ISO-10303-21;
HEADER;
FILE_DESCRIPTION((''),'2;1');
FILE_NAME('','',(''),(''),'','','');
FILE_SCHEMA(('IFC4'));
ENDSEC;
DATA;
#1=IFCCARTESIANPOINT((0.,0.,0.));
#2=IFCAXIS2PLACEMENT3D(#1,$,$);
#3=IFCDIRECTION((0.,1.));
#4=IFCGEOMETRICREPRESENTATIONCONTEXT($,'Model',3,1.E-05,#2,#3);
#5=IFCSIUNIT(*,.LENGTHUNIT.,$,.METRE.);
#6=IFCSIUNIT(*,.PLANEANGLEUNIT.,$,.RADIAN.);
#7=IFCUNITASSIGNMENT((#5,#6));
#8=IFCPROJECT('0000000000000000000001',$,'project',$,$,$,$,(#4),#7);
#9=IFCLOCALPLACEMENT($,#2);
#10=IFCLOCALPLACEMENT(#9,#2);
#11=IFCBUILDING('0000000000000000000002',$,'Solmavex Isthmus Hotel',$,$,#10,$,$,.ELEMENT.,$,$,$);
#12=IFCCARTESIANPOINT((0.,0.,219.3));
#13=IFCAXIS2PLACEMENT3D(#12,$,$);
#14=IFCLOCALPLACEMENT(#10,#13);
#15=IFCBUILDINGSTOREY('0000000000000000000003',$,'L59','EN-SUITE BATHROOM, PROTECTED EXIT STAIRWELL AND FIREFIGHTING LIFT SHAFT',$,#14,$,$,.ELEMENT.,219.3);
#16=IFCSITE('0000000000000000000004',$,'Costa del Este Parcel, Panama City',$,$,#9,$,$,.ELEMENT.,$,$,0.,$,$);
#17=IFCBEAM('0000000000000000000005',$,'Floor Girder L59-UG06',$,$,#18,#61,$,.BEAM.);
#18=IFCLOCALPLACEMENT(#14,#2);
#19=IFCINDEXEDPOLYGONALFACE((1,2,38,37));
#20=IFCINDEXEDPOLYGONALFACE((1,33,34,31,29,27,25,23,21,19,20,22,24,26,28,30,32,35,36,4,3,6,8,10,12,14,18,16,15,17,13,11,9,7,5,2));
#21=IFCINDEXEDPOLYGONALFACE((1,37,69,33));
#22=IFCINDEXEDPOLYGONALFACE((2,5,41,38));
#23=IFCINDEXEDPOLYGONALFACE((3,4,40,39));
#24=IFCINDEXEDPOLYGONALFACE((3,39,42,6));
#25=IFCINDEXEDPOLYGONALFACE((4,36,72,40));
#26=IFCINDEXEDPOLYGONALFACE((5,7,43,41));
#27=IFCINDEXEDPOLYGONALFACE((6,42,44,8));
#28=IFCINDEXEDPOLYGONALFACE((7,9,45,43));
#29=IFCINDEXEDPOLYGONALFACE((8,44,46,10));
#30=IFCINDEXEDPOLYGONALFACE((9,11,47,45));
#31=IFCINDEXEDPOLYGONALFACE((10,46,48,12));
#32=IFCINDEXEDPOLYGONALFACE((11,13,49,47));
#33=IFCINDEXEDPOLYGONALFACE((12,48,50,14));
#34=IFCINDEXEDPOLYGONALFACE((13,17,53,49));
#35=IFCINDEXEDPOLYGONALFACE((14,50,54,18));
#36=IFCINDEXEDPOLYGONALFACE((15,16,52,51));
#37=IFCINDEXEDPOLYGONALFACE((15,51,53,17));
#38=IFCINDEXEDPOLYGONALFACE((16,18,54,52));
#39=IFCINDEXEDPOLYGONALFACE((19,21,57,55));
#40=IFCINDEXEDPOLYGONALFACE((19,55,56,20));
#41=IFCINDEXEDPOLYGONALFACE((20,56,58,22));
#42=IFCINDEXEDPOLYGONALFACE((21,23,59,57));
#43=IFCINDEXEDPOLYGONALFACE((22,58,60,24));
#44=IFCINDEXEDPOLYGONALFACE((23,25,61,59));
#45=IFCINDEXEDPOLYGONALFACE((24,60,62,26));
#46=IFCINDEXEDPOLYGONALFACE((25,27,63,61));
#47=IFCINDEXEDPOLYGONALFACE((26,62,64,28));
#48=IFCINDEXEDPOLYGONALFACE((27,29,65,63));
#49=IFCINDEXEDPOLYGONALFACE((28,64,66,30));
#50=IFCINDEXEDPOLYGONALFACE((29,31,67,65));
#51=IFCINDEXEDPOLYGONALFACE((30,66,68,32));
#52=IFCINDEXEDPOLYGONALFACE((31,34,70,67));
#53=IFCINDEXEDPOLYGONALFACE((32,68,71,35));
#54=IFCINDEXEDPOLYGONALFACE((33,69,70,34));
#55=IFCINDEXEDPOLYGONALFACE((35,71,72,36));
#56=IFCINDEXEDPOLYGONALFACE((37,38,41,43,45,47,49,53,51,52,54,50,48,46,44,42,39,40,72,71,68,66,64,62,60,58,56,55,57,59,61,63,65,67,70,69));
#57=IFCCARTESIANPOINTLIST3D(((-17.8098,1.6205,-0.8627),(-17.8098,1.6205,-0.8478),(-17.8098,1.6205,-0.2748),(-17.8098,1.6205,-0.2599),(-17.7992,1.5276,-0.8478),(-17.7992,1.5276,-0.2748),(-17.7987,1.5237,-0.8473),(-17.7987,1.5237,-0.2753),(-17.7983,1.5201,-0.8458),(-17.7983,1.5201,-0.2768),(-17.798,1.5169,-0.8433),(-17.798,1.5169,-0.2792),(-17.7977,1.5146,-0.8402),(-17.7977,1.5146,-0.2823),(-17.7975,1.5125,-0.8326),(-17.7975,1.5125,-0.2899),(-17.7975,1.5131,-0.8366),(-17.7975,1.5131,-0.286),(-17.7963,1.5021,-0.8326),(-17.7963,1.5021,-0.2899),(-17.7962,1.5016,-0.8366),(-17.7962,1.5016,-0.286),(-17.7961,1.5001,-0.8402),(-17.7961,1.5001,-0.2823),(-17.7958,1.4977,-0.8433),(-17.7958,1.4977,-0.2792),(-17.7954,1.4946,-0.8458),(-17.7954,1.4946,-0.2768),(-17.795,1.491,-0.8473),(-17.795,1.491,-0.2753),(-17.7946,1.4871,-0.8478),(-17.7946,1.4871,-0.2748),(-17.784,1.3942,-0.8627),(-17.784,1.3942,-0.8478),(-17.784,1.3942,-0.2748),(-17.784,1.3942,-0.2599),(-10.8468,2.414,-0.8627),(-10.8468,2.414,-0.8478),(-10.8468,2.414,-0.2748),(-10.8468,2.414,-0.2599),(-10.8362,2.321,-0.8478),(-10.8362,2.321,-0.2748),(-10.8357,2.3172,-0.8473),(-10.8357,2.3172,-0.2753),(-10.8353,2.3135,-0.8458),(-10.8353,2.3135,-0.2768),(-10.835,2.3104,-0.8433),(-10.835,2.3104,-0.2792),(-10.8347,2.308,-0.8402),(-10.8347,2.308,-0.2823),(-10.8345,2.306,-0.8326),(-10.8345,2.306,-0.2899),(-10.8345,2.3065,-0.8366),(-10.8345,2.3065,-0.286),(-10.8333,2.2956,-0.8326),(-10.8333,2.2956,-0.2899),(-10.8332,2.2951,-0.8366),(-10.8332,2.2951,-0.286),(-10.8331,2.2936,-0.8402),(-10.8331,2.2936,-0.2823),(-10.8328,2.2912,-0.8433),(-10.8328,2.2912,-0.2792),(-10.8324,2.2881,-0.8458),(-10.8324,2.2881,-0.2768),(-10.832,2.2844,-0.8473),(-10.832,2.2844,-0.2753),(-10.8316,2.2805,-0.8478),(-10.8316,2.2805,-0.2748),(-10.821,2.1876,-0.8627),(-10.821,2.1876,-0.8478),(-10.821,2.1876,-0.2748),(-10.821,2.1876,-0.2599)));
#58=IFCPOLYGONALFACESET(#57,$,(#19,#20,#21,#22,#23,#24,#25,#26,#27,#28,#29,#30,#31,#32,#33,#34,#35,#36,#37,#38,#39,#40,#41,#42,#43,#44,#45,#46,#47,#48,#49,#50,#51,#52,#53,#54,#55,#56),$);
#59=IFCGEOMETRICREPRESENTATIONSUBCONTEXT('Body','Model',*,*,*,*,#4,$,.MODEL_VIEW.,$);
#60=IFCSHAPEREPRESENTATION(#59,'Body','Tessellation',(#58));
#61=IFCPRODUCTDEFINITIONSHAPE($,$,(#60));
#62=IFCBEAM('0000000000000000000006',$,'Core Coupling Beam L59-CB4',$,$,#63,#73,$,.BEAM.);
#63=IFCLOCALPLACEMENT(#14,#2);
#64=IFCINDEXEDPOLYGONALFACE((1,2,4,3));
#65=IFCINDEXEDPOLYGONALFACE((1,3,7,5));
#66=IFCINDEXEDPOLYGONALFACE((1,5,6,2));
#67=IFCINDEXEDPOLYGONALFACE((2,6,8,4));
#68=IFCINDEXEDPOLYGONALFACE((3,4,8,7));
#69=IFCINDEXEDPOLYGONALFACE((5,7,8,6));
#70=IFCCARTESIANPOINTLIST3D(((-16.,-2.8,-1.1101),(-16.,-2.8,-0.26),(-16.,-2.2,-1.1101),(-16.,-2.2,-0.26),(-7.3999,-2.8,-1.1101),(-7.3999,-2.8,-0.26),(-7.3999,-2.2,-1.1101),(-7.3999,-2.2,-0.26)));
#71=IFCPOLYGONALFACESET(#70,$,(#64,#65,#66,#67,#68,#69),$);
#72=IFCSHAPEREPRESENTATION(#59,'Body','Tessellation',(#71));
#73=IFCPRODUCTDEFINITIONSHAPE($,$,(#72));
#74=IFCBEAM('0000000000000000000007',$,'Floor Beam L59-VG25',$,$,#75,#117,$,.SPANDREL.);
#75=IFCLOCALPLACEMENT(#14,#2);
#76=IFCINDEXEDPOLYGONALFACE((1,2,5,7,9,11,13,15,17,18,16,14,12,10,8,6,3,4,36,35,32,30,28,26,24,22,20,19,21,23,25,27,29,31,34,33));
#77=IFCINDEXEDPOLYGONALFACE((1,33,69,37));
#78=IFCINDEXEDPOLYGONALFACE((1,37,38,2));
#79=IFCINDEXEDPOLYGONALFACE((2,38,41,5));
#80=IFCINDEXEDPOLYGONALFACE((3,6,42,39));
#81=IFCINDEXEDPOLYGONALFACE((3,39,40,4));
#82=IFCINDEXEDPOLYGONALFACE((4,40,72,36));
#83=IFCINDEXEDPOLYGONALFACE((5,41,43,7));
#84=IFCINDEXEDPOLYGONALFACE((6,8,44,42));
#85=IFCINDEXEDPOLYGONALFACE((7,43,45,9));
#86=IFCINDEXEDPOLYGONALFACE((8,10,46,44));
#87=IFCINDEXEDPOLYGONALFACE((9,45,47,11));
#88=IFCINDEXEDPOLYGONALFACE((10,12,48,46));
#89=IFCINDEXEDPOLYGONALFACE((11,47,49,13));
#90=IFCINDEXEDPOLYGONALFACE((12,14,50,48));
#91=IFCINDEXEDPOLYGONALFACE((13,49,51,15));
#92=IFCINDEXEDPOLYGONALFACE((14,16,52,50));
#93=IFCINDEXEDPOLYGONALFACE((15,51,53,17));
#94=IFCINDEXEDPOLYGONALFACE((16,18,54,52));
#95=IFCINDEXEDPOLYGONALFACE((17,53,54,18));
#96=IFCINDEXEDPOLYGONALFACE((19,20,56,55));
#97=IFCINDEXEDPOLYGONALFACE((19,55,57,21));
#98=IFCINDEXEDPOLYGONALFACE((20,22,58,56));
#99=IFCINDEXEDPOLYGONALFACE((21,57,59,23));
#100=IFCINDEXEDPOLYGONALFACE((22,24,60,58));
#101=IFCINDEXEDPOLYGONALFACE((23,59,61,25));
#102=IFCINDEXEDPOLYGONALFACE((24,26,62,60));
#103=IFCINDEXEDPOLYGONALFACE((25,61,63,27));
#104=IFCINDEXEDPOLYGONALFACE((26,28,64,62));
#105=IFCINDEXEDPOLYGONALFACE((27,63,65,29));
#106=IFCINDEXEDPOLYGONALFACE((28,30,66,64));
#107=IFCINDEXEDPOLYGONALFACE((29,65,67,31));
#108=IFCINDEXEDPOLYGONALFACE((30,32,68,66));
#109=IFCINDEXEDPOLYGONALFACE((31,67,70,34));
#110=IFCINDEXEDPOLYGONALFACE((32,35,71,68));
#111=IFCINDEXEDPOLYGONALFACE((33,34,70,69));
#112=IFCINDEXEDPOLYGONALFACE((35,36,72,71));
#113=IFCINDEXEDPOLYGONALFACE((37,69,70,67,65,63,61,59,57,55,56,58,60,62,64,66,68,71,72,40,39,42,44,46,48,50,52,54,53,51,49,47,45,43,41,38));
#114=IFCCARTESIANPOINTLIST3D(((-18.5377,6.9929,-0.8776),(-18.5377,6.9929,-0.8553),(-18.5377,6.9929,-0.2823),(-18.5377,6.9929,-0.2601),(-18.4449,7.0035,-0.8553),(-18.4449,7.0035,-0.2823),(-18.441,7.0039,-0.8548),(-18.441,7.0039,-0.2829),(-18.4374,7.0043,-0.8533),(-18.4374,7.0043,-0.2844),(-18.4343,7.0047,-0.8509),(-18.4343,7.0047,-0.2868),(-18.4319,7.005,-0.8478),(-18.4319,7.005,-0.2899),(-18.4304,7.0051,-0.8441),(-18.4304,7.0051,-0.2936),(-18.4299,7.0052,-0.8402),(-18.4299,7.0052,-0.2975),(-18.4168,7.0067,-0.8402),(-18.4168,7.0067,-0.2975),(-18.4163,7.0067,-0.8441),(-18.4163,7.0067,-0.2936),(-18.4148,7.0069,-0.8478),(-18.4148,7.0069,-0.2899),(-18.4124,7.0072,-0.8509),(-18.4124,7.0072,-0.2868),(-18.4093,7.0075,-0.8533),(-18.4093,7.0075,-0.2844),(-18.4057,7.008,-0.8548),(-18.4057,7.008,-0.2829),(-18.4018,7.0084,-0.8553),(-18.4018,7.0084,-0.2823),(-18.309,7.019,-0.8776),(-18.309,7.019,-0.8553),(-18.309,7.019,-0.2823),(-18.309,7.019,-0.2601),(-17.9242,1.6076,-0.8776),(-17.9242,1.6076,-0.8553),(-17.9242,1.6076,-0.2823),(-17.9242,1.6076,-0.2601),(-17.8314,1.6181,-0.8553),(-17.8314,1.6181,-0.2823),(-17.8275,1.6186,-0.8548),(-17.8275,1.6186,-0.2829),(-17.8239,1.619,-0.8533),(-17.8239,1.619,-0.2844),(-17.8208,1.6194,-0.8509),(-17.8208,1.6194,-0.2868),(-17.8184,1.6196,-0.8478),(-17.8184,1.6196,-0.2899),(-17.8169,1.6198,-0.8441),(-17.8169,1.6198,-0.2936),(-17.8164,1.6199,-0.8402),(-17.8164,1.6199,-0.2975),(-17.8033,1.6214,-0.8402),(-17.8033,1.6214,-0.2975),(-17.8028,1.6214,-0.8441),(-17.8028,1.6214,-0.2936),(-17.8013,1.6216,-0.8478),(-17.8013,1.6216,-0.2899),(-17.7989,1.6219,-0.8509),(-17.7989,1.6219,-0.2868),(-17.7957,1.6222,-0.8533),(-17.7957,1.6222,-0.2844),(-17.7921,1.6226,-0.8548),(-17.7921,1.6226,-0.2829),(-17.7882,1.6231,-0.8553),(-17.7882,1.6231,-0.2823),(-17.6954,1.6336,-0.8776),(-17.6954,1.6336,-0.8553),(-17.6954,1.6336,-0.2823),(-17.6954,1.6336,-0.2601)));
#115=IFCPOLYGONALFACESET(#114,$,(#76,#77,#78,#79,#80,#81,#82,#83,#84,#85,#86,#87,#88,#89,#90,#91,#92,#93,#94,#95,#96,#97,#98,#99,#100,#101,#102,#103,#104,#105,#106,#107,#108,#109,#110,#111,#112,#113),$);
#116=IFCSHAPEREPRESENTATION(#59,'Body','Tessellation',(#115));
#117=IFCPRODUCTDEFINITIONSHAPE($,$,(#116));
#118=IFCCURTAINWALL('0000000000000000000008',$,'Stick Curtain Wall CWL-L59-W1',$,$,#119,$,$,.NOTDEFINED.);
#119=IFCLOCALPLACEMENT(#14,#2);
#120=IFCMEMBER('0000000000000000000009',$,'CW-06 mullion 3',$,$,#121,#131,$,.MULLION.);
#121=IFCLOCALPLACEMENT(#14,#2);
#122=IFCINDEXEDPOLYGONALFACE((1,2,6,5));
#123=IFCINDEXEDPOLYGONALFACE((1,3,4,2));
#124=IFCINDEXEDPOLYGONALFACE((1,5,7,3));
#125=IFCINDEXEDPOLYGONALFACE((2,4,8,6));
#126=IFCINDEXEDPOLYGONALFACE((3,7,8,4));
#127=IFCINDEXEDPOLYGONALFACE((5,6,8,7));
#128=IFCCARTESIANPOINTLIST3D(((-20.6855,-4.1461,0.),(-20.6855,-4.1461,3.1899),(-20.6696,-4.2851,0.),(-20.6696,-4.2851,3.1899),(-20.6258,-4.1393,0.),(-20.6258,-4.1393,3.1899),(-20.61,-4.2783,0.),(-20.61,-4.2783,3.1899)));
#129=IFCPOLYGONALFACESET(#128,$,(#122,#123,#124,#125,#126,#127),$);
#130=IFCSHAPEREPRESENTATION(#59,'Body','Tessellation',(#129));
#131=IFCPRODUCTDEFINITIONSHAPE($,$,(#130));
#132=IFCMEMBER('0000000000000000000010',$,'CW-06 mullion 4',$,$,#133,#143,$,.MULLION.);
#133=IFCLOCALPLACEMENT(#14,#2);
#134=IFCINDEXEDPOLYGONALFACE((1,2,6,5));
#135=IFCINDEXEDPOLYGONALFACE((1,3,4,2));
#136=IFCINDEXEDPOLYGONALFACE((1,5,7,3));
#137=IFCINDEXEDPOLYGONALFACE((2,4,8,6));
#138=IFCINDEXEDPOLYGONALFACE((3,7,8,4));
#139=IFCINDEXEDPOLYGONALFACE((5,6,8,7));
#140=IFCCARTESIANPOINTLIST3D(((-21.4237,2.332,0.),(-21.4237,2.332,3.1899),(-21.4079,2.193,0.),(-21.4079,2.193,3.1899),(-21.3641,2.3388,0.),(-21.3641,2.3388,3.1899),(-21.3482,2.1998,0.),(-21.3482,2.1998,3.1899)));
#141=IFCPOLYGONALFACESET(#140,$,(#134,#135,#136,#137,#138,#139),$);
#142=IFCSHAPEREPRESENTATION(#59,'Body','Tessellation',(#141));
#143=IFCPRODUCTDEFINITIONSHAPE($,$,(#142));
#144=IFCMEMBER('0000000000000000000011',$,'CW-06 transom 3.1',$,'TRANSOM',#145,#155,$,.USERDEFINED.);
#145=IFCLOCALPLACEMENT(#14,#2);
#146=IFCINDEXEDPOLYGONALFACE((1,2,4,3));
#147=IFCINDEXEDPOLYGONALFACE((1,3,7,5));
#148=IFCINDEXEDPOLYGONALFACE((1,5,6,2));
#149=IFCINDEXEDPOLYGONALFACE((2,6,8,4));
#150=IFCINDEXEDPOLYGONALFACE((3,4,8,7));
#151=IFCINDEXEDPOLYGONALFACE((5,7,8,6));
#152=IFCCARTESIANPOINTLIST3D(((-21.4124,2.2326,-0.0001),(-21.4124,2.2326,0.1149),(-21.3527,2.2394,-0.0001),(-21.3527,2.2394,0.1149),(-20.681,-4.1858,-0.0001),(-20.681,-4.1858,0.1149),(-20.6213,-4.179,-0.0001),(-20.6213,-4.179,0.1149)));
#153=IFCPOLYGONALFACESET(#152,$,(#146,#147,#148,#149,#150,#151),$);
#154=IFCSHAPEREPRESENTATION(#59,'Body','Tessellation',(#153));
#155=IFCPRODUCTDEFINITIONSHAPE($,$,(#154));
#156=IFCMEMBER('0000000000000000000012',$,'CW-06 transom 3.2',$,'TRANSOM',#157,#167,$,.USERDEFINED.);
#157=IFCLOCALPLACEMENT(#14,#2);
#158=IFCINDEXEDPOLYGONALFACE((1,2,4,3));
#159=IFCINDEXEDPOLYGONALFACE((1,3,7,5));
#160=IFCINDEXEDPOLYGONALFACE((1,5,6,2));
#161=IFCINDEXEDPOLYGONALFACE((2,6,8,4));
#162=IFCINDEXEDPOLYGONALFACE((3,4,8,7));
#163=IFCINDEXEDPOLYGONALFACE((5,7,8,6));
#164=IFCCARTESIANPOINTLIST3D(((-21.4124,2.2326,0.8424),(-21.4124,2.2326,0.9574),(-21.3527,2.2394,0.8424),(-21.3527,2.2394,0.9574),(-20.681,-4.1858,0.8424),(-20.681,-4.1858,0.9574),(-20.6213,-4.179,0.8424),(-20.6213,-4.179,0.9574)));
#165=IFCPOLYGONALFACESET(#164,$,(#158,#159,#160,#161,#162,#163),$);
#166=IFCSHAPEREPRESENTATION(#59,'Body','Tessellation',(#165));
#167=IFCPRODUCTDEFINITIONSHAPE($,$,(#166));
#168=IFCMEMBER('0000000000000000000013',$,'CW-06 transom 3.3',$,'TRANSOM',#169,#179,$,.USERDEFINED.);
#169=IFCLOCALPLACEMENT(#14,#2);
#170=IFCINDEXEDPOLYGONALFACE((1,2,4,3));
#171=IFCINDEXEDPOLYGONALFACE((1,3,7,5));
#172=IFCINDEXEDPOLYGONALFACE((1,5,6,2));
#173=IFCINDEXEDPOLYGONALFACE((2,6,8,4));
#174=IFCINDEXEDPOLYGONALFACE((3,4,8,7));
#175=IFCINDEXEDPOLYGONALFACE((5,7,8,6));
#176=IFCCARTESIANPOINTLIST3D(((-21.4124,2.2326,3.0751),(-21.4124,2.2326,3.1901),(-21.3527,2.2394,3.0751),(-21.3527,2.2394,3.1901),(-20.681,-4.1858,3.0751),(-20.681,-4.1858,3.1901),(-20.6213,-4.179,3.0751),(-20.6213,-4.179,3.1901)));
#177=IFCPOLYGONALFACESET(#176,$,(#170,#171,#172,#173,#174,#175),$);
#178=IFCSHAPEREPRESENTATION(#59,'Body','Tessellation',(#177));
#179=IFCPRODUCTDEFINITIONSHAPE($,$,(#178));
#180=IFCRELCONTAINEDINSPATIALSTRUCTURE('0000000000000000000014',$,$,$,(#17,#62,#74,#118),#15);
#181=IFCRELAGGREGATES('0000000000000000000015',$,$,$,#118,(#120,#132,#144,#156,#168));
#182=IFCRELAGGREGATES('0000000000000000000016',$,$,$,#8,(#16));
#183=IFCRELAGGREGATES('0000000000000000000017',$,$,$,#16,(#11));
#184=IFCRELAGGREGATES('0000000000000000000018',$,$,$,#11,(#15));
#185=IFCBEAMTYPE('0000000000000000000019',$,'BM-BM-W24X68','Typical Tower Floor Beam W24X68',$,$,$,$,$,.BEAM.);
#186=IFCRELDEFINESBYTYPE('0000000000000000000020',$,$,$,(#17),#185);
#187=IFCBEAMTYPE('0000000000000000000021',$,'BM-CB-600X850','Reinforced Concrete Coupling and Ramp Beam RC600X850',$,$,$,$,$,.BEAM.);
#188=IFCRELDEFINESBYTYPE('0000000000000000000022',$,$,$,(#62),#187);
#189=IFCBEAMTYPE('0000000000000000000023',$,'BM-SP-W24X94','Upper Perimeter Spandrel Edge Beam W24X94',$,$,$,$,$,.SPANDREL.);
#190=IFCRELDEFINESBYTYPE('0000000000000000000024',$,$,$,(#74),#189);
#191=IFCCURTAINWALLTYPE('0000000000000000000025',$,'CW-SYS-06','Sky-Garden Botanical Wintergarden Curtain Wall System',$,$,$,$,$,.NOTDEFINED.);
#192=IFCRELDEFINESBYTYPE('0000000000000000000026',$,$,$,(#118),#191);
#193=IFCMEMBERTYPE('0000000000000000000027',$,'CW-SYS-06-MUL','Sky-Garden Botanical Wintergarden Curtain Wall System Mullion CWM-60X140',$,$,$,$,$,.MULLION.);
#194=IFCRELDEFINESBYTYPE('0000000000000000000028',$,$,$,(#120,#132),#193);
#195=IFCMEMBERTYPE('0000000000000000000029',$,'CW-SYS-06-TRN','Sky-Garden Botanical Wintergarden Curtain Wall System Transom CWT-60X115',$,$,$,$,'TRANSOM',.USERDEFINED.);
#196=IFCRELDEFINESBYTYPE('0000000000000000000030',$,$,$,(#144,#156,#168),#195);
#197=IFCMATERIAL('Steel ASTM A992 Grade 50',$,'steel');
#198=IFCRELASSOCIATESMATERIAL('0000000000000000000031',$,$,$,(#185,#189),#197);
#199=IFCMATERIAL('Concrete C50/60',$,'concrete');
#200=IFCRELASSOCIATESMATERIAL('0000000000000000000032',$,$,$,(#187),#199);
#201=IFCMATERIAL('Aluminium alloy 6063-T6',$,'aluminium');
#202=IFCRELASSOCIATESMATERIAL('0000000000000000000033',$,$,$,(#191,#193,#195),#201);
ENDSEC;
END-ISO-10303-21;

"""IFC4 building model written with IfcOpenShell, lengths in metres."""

from ifc_helpers import new_model, si_unit, direction, frame, origin, origin_2d, place, context, subcontext, project, spatial, rectangle, i_section, extrude, material, material_profile, profile_set, type_object, element, aggregate, save


model = new_model("IFC4")

# Units and contexts
model_context = context("Model", 3, precision=1e-05, world=origin(), true_north=direction((0.0, 1.0)))
body_context = subcontext(model_context, "Body", "Model", "MODEL_VIEW")
ifc_project = project(units=[si_unit("LENGTHUNIT", "METRE"), si_unit("PLANEANGLEUNIT", "RADIAN")], contexts=[model_context])

# Site, building, storey
site_placement = place(None, origin())
site = spatial("IfcSite", under=ifc_project, at=site_placement, Name="Costa del Este Parcel, Panama City", CompositionType="ELEMENT", RefElevation=0.0)
building_placement = place(site_placement, origin())
building = spatial("IfcBuilding", under=site, at=building_placement, Name="Solmavex Isthmus Hotel", CompositionType="ELEMENT")
storey_placement = place(building_placement, frame((0.0, 0.0, 219.3)))
storey = spatial("IfcBuildingStorey", under=building, at=storey_placement, Name="L59", Description="EN-SUITE BATHROOM, PROTECTED EXIT STAIRWELL AND FIREFIGHTING LIFT SHAFT", CompositionType="ELEMENT", Elevation=219.3)

# Shared definitions
ifc_material_1 = material(Name="Concrete C50/60", Category="concrete")

# Beams
ifc_material_2 = material(Name="Steel ASTM A992 Grade 50", Category="steel")
ifc_material_profile_1 = material_profile(ifc_material_2, i_section(OverallWidth=0.2278, OverallDepth=0.6028, WebThickness=0.0105, FlangeThickness=0.0149, FilletRadius=0.0151, at=origin_2d()), Name="W24X68")
ifc_profile_set_1 = profile_set([ifc_material_profile_1], Name="Steel ASTM A992 Grade 50")
beam_type_1 = type_object("IfcBeamType", Name="BM-BM-W24X68", Description="Typical Tower Floor Beam W24X68", PredefinedType="BEAM", material=ifc_profile_set_1)
beam_1_placement = place(storey_placement, frame((-17.7969, 1.5073, -0.5613), z_axis=(0.99357, 0.113222, 0.0), x_axis=(-0.113222, 0.99357, 0.0)))
element("IfcBeam", 1, at=beam_1_placement, inside=storey, type_object=beam_type_1, Name="Floor Girder L59-UG06", PredefinedType="BEAM", context=body_context, shape_type="SweptSolid", body=[
    extrude(i_section(OverallWidth=0.2278, OverallDepth=0.6028, WebThickness=0.0105, FlangeThickness=0.0149, FilletRadius=0.0151, at=origin_2d()), origin(), (0.0, 0.0, 1.0), 7.0081),
])
ifc_material_profile_2 = material_profile(ifc_material_1, rectangle(XDim=0.6001, YDim=0.8501, at=origin_2d()), Name="RC600X850")
ifc_profile_set_2 = profile_set([ifc_material_profile_2], Name="Concrete C50/60")
beam_type_2 = type_object("IfcBeamType", Name="BM-CB-600X850", Description="Reinforced Concrete Coupling and Ramp Beam RC600X850", PredefinedType="BEAM", material=ifc_profile_set_2)
beam_2_placement = place(storey_placement, frame((-16.0, -2.5, -0.6851), z_axis=(1.0, 0.0, 0.0), x_axis=(0.0, 1.0, 0.0)))
element("IfcBeam", 2, at=beam_2_placement, inside=storey, type_object=beam_type_2, Name="Core Coupling Beam L59-CB4", PredefinedType="BEAM", context=body_context, shape_type="SweptSolid", body=[
    extrude(rectangle(XDim=0.6001, YDim=0.8501, at=origin_2d()), origin(), (0.0, 0.0, 1.0), 8.6001),
])
ifc_material_profile_3 = material_profile(ifc_material_2, i_section(OverallWidth=0.2302, OverallDepth=0.6174, WebThickness=0.0132, FlangeThickness=0.0222, FilletRadius=0.0151, at=origin_2d()), Name="W24X94")
ifc_profile_set_3 = profile_set([ifc_material_profile_3], Name="Steel ASTM A992 Grade 50")
beam_type_3 = type_object("IfcBeamType", Name="BM-SP-W24X94", Description="Upper Perimeter Spandrel Edge Beam W24X94", PredefinedType="SPANDREL", material=ifc_profile_set_3)
beam_3_placement = place(storey_placement, frame((-17.8098, 1.6206, -0.5688), z_axis=(-0.113195, 0.993573, 0.0), x_axis=(-0.993573, -0.113195, 0.0)))
element("IfcBeam", 3, at=beam_3_placement, inside=storey, type_object=beam_type_3, Name="Floor Beam L59-VG25", PredefinedType="SPANDREL", context=body_context, shape_type="SweptSolid", body=[
    extrude(i_section(OverallWidth=0.2302, OverallDepth=0.6174, WebThickness=0.0132, FlangeThickness=0.0222, FilletRadius=0.0151, at=origin_2d()), origin(), (0.0, 0.0, 1.0), 5.4202),
])

# Curtain wall, members
ifc_material_3 = material(Name="Aluminium alloy 6063-T6", Category="aluminium")
curtain_wall_type = type_object("IfcCurtainWallType", Name="CW-SYS-06", Description="Sky-Garden Botanical Wintergarden Curtain Wall System", PredefinedType="NOTDEFINED", material=ifc_material_3)
curtain_wall_placement = place(storey_placement, origin())
curtain_wall = element("IfcCurtainWall", 4, at=curtain_wall_placement, inside=storey, type_object=curtain_wall_type, Name="Stick Curtain Wall CWL-L59-W1", PredefinedType="NOTDEFINED")
ifc_material_profile_4 = material_profile(ifc_material_3, rectangle(XDim=0.0601, YDim=0.1399, at=origin_2d()), Name="CWM-60X140")
ifc_profile_set_4 = profile_set([ifc_material_profile_4], Name="Aluminium alloy 6063-T6")
member_type_1 = type_object("IfcMemberType", Name="CW-SYS-06-MUL", Description="Sky-Garden Botanical Wintergarden Curtain Wall System Mullion CWM-60X140", PredefinedType="MULLION", material=ifc_profile_set_4)
member_1_placement = place(storey_placement, frame((-20.6477, -4.2122, 0.0), z_axis=(0.0, 0.0, 1.0), x_axis=(-0.993572, -0.113203, 0.0)))
member_1 = element("IfcMember", 5, at=member_1_placement, type_object=member_type_1, Name="CW-06 mullion 3", PredefinedType="MULLION", context=body_context, shape_type="SweptSolid", body=[
    extrude(rectangle(XDim=0.0601, YDim=0.1399, at=origin_2d()), origin(), (0.0, 0.0, 1.0), 3.1899),
])
member_2_placement = place(storey_placement, frame((-21.386, 2.2659, 0.0), z_axis=(0.0, 0.0, 1.0), x_axis=(-0.993572, -0.113203, 0.0)))
member_2 = element("IfcMember", 6, at=member_2_placement, type_object=member_type_1, Name="CW-06 mullion 4", PredefinedType="MULLION", context=body_context, shape_type="SweptSolid", body=[
    extrude(rectangle(XDim=0.0601, YDim=0.1399, at=origin_2d()), origin(), (0.0, 0.0, 1.0), 3.1899),
])
ifc_material_profile_5 = material_profile(ifc_material_3, rectangle(XDim=0.0601, YDim=0.115, at=origin_2d()), Name="CWT-60X115")
ifc_profile_set_5 = profile_set([ifc_material_profile_5], Name="Aluminium alloy 6063-T6")
member_type_2 = type_object("IfcMemberType", Name="CW-SYS-06-TRN", Description="Sky-Garden Botanical Wintergarden Curtain Wall System Transom CWT-60X115", ElementType="TRANSOM", PredefinedType="USERDEFINED", material=ifc_profile_set_5)
member_3_placement = place(storey_placement, frame((-20.6511, -4.1824, 0.0574), z_axis=(-0.113227, 0.993569, 0.0), x_axis=(-0.993569, -0.113227, 0.0)))
member_3 = element("IfcMember", 7, at=member_3_placement, type_object=member_type_2, Name="CW-06 transom 3.1", ObjectType="TRANSOM", PredefinedType="USERDEFINED", context=body_context, shape_type="SweptSolid", body=[
    extrude(rectangle(XDim=0.0601, YDim=0.115, at=origin_2d()), origin(), (0.0, 0.0, 1.0), 6.46),
])
member_4_placement = place(storey_placement, frame((-20.6511, -4.1824, 0.8999), z_axis=(-0.113227, 0.993569, 0.0), x_axis=(-0.993569, -0.113227, 0.0)))
member_4 = element("IfcMember", 8, at=member_4_placement, type_object=member_type_2, Name="CW-06 transom 3.2", ObjectType="TRANSOM", PredefinedType="USERDEFINED", context=body_context, shape_type="SweptSolid", body=[
    extrude(rectangle(XDim=0.0601, YDim=0.115, at=origin_2d()), origin(), (0.0, 0.0, 1.0), 6.46),
])
member_5_placement = place(storey_placement, frame((-20.6511, -4.1824, 3.1326), z_axis=(-0.113227, 0.993569, 0.0), x_axis=(-0.993569, -0.113227, 0.0)))
member_5 = element("IfcMember", 9, at=member_5_placement, type_object=member_type_2, Name="CW-06 transom 3.3", ObjectType="TRANSOM", PredefinedType="USERDEFINED", context=body_context, shape_type="SweptSolid", body=[
    extrude(rectangle(XDim=0.0601, YDim=0.115, at=origin_2d()), origin(), (0.0, 0.0, 1.0), 6.46),
])
aggregate(curtain_wall, [member_1, member_2, member_3, member_4, member_5])

save(model, "model.ifc")
